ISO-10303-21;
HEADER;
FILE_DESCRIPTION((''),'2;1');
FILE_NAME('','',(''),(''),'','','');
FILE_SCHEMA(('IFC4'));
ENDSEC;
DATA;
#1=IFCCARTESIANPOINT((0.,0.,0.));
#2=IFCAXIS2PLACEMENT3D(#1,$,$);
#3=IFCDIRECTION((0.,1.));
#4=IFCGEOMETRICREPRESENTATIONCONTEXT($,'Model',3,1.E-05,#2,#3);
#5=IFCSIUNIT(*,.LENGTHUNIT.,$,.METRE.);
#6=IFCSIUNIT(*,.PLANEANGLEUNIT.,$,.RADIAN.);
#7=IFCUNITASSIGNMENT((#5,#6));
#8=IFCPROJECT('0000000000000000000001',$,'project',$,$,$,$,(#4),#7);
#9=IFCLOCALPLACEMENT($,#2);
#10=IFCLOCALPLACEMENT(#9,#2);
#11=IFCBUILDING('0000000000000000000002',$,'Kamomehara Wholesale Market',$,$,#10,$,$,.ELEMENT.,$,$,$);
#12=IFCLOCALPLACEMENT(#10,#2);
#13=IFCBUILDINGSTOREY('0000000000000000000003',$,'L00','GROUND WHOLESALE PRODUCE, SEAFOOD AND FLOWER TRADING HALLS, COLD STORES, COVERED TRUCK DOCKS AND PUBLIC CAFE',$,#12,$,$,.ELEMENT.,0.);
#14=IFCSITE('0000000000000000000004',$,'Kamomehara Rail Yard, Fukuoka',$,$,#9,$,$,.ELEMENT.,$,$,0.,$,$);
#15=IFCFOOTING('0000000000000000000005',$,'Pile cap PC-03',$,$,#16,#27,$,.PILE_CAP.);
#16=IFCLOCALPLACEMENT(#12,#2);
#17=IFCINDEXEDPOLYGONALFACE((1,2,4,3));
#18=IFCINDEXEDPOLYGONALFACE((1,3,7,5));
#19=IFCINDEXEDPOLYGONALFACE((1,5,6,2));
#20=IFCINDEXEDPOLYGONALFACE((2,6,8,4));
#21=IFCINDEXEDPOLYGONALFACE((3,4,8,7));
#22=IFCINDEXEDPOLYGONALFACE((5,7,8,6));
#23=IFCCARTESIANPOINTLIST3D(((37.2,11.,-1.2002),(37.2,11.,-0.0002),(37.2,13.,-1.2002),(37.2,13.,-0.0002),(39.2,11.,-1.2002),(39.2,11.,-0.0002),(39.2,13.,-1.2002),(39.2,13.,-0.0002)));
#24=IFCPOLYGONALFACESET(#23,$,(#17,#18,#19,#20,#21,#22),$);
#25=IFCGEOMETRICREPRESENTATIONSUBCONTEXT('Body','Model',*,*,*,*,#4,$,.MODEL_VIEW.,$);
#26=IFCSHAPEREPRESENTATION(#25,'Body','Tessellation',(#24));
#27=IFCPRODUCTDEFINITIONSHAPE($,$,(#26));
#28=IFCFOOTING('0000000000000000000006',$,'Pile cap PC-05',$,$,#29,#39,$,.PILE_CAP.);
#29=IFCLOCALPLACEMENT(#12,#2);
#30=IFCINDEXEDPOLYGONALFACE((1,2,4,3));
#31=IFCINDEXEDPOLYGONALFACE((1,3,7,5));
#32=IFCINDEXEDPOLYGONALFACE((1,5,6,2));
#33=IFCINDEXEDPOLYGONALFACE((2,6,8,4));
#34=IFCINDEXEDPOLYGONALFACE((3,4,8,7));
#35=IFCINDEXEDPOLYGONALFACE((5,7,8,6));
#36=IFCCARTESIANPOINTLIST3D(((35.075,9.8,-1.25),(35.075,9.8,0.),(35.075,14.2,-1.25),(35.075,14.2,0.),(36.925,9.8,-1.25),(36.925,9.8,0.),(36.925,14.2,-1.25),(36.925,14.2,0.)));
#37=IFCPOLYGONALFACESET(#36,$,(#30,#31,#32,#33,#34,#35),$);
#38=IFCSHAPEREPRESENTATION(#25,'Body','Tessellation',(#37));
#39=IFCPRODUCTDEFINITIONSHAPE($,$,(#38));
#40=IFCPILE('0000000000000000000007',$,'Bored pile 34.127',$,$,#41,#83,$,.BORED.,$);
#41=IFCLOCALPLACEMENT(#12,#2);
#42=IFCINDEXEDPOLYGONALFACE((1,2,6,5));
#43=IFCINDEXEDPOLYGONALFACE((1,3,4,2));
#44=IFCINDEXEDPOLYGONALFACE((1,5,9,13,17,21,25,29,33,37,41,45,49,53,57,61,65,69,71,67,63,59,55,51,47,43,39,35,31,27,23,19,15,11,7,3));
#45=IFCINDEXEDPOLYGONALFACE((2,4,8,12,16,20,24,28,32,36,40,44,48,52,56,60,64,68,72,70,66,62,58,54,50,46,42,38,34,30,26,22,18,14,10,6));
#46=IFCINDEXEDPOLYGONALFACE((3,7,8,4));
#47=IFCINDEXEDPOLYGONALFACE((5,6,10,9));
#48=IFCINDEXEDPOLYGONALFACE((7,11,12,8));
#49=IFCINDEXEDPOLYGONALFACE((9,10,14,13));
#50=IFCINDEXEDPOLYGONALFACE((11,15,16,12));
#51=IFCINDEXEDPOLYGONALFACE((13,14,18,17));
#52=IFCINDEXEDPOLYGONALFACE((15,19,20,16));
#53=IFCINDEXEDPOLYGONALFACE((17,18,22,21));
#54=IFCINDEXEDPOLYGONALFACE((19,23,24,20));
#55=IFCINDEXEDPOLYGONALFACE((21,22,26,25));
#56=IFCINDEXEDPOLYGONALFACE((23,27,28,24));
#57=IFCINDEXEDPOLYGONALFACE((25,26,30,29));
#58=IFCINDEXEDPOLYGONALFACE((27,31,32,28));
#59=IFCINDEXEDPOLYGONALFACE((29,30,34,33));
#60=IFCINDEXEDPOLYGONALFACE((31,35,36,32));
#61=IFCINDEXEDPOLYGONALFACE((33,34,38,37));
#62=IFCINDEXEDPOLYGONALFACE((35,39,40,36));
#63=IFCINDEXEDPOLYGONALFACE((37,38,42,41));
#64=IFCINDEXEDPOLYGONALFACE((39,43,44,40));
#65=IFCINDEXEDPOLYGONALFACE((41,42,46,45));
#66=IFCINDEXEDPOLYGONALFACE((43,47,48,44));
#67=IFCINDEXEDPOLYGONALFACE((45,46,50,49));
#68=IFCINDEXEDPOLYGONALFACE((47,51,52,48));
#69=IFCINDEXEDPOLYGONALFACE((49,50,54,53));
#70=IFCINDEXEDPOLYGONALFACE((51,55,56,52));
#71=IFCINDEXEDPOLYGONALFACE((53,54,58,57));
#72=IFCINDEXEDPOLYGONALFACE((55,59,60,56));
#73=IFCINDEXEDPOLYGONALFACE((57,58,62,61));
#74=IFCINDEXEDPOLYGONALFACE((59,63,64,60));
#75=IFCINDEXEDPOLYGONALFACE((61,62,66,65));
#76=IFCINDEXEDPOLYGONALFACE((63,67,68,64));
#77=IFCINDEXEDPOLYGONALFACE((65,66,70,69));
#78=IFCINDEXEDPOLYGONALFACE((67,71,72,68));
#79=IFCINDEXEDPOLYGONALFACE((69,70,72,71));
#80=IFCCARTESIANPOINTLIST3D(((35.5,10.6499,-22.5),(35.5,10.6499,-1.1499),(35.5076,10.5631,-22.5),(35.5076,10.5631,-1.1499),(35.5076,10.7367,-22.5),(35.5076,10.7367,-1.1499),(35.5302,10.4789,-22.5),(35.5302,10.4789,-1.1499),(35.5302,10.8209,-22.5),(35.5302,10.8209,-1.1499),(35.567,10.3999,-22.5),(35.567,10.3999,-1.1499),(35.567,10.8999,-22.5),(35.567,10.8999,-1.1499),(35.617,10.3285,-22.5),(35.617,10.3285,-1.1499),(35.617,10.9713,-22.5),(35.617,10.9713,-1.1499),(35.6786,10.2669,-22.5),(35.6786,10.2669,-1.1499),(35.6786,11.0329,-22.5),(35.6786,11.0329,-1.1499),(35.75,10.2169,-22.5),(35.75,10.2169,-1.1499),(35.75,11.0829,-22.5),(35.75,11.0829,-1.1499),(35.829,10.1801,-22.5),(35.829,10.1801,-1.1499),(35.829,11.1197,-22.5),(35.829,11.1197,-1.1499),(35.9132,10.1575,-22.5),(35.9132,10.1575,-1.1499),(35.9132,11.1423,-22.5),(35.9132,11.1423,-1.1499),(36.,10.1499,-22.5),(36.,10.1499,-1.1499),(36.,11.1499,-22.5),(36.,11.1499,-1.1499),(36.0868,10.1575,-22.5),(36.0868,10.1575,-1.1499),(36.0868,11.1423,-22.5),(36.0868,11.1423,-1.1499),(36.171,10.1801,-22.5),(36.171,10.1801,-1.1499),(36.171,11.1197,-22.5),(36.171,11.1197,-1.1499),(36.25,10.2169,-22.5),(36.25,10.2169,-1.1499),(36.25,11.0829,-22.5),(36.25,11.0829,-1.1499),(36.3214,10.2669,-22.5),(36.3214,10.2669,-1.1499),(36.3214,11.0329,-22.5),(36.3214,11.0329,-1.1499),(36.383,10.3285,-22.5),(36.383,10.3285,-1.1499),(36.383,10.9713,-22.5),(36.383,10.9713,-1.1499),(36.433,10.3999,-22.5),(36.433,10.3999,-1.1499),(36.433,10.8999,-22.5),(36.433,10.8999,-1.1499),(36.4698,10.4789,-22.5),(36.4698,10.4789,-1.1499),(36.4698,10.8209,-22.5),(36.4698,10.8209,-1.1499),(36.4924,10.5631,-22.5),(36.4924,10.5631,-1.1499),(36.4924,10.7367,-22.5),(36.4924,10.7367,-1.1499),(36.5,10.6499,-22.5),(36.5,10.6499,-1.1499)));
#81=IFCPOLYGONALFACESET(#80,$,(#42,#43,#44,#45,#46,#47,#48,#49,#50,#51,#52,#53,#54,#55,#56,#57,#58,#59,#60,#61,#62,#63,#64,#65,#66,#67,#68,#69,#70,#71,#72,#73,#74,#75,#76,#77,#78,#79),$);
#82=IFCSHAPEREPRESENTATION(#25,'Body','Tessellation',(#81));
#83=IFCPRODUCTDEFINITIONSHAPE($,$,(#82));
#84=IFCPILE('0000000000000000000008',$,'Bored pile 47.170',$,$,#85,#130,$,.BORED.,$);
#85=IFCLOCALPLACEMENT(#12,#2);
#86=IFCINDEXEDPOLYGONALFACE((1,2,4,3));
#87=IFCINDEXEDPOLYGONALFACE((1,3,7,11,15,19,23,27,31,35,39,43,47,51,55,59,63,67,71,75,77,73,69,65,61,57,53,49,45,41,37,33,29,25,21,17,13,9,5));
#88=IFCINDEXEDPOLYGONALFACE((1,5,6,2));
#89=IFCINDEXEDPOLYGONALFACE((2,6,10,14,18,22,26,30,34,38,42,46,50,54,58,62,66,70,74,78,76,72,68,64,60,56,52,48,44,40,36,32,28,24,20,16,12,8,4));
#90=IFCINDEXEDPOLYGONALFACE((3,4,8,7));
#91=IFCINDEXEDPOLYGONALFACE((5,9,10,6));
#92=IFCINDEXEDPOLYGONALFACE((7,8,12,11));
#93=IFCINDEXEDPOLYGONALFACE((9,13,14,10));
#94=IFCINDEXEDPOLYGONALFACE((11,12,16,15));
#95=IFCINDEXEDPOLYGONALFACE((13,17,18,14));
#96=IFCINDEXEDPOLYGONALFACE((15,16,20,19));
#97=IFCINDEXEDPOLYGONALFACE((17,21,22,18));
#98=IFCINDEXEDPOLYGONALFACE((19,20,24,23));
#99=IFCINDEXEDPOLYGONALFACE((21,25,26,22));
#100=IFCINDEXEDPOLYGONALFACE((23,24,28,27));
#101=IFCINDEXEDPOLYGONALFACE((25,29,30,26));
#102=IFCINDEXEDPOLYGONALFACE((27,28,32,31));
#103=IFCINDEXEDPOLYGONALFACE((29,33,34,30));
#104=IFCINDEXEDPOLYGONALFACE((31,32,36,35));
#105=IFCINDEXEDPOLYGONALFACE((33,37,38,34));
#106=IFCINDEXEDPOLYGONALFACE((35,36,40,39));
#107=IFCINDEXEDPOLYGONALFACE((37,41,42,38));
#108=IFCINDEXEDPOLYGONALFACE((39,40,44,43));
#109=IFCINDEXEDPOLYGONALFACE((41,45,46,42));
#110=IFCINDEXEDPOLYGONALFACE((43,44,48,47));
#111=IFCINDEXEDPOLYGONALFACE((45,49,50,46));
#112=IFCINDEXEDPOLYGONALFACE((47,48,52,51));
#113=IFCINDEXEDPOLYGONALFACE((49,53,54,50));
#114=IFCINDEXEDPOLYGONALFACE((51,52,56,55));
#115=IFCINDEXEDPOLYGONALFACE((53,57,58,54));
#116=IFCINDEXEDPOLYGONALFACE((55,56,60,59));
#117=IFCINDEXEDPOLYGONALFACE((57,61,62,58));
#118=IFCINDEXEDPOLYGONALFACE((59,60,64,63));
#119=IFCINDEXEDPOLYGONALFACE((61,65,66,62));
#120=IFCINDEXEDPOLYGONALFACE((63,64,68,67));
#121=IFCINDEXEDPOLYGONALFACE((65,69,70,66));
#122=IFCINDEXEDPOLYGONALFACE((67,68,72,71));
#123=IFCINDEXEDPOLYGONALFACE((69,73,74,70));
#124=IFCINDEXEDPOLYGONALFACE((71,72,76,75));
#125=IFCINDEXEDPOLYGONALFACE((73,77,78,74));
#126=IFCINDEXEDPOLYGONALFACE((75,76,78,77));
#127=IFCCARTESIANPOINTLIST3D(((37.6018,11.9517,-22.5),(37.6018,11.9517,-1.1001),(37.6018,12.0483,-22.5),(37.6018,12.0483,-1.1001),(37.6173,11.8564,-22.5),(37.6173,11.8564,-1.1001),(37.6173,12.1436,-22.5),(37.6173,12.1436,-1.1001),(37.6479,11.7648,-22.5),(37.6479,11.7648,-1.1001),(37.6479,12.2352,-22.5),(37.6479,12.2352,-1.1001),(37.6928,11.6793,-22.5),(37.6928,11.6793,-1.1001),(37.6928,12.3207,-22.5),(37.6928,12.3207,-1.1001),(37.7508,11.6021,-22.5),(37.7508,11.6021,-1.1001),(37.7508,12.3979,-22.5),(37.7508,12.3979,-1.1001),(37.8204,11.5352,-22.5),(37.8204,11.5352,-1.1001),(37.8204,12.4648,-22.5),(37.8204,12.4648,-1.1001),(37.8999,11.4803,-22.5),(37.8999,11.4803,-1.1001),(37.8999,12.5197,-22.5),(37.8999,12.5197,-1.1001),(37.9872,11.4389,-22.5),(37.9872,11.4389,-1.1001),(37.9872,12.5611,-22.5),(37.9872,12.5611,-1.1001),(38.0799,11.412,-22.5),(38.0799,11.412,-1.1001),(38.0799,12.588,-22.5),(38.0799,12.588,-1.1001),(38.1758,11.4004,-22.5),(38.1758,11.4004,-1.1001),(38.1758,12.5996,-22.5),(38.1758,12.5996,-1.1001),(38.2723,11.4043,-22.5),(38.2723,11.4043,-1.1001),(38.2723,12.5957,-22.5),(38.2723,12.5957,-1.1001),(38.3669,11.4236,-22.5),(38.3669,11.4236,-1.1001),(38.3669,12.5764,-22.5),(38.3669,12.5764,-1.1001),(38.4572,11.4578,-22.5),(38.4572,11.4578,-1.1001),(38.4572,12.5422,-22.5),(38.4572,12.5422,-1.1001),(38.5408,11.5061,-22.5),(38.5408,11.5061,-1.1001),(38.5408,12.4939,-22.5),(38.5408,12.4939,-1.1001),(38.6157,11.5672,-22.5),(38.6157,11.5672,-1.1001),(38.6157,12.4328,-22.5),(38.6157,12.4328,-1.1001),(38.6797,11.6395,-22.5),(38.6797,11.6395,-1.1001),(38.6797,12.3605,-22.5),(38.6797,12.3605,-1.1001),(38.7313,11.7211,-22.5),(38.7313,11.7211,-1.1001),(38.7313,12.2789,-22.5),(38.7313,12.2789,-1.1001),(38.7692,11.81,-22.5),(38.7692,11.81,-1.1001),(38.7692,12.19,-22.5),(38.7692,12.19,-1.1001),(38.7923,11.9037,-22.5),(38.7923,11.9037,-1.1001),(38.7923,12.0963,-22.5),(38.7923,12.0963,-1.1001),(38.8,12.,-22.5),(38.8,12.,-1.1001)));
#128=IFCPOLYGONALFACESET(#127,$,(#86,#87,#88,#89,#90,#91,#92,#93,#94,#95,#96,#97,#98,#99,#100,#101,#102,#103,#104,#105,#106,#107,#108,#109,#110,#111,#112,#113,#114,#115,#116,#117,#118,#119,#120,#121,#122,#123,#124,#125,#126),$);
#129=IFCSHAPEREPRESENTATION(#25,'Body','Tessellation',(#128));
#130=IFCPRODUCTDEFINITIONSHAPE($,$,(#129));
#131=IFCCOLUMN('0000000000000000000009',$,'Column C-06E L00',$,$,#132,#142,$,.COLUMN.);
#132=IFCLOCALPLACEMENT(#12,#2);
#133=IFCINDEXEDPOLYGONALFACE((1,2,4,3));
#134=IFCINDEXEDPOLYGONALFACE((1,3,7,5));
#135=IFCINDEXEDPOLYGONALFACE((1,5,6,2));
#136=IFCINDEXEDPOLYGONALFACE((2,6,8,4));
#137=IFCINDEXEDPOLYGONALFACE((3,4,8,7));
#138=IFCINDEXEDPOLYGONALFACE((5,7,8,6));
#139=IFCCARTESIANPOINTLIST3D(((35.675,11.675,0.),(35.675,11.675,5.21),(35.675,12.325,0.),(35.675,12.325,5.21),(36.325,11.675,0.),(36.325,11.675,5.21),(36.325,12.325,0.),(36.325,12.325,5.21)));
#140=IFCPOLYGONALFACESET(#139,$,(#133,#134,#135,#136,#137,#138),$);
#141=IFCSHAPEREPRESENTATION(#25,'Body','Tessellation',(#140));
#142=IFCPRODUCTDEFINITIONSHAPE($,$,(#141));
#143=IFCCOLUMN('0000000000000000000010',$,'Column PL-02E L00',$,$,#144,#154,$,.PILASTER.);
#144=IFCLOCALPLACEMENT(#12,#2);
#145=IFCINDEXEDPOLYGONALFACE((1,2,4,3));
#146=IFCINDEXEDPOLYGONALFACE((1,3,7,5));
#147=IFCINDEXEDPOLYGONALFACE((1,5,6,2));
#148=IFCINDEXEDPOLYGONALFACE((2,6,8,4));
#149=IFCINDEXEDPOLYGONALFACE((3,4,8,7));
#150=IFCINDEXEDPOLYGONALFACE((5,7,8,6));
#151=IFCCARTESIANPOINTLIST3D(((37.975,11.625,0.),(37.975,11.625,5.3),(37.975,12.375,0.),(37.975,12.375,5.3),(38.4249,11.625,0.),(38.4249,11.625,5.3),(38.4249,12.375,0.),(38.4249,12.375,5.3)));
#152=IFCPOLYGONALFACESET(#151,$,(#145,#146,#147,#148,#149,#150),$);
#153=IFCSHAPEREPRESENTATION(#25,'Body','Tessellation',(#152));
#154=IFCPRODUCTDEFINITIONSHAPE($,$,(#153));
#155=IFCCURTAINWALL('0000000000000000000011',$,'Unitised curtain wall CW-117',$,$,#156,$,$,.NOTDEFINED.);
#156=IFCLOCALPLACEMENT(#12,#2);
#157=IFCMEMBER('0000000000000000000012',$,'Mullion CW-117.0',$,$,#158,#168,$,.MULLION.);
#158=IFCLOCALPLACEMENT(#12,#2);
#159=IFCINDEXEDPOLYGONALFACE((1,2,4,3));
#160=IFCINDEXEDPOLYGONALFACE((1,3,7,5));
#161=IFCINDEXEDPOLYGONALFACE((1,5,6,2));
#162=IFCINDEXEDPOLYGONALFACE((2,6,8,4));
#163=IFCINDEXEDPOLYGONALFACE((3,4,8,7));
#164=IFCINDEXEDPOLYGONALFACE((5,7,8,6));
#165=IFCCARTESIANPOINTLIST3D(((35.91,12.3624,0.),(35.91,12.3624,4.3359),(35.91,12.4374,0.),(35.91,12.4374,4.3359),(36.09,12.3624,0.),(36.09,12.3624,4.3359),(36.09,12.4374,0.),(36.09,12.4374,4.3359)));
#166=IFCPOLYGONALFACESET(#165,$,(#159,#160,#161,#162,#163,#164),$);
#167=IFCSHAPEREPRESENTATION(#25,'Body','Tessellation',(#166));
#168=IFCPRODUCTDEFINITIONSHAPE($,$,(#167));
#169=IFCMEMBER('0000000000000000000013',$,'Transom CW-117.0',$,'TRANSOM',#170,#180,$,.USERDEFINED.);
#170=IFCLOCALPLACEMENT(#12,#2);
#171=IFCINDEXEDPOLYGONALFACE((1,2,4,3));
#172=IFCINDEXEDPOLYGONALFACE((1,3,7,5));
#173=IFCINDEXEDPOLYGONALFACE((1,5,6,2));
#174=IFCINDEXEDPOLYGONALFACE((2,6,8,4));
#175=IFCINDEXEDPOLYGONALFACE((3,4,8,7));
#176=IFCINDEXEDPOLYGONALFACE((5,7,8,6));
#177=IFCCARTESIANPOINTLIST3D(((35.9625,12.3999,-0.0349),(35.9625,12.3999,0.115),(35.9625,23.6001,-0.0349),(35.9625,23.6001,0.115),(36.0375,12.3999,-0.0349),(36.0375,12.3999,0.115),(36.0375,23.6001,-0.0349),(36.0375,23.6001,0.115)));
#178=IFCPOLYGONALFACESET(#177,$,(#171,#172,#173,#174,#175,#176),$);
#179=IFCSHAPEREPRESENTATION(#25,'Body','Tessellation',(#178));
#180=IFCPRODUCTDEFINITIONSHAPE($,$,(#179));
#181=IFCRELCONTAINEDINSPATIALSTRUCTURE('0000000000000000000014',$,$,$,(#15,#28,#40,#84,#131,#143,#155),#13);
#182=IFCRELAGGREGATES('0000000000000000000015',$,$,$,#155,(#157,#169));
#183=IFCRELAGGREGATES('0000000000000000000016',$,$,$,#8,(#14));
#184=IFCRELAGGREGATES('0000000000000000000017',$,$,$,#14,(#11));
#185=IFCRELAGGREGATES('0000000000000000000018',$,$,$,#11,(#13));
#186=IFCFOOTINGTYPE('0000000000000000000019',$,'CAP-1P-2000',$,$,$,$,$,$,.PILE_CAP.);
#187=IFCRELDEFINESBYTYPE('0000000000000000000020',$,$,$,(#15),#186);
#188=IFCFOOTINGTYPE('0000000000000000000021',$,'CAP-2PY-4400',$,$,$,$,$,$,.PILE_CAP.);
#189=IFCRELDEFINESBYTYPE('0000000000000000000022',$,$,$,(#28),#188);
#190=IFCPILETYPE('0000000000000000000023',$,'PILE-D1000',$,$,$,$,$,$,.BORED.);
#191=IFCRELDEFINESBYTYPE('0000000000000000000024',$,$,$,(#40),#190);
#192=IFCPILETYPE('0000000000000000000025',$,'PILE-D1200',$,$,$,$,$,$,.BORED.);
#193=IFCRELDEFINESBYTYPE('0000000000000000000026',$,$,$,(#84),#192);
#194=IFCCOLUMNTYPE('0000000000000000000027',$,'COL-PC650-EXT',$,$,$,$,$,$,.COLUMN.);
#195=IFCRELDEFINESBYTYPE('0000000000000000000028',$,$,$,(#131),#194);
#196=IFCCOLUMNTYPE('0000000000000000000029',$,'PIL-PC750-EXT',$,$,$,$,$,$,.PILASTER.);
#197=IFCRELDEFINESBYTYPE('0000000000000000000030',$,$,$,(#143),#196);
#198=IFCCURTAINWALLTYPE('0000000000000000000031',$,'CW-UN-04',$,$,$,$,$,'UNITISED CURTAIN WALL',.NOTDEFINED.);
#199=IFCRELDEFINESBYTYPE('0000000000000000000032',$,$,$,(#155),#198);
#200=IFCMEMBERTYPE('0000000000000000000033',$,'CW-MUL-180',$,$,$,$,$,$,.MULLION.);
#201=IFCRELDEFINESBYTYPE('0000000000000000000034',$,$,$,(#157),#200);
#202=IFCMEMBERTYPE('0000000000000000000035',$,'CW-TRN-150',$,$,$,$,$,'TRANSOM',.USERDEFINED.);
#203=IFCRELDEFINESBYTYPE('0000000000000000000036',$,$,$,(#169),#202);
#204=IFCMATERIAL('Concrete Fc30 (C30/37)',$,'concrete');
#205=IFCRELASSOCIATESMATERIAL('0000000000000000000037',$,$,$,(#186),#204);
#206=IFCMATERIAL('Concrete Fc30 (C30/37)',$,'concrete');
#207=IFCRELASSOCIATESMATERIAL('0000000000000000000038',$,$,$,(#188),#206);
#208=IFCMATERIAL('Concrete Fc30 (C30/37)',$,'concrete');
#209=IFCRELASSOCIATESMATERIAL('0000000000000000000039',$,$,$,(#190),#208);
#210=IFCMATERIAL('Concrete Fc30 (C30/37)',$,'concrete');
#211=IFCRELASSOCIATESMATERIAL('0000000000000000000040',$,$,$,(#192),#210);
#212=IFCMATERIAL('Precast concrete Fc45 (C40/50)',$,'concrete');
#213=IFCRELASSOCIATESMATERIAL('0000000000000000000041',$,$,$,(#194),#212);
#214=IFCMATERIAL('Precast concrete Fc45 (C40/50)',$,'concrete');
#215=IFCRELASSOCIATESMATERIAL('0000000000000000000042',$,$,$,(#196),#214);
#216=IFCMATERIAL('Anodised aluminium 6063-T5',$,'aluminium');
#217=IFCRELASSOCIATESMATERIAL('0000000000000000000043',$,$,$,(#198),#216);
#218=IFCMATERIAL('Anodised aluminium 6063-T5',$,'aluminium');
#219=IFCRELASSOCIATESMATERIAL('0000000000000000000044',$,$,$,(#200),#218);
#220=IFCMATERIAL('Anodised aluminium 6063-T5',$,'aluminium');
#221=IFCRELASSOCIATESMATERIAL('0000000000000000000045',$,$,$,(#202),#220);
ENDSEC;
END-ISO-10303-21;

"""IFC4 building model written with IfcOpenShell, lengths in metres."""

from ifc_helpers import new_model, si_unit, direction, frame, origin, origin_2d, place, context, subcontext, project, spatial, rectangle, circle, extrude, material, material_profile, profile_set, type_object, element, aggregate, save


model = new_model("IFC4")

# Units and contexts
model_context = context("Model", 3, precision=1e-05, world=origin(), true_north=direction((0.0, 1.0)))
body_context = subcontext(model_context, "Body", "Model", "MODEL_VIEW")
ifc_project = project(units=[si_unit("LENGTHUNIT", "METRE"), si_unit("PLANEANGLEUNIT", "RADIAN")], contexts=[model_context])

# Site, building, storey
site_placement = place(None, origin())
site = spatial("IfcSite", under=ifc_project, at=site_placement, Name="Kamomehara Rail Yard, Fukuoka", CompositionType="ELEMENT", RefElevation=0.0)
building_placement = place(site_placement, origin())
building = spatial("IfcBuilding", under=site, at=building_placement, Name="Kamomehara Wholesale Market", CompositionType="ELEMENT")
storey_placement = place(building_placement, origin())
storey = spatial("IfcBuildingStorey", under=building, at=storey_placement, Name="L00", Description="GROUND WHOLESALE PRODUCE, SEAFOOD AND FLOWER TRADING HALLS, COLD STORES, COVERED TRUCK DOCKS AND PUBLIC CAFE", CompositionType="ELEMENT", Elevation=0.0)

# Footings
ifc_material_1 = material(Name="Concrete Fc30 (C30/37)", Category="concrete")
footing_type_1 = type_object("IfcFootingType", Name="CAP-1P-2000", PredefinedType="PILE_CAP", material=ifc_material_1)
footing_1_placement = place(storey_placement, frame((38.2, 12.0, -1.2002), z_axis=(0.0, 0.0, 1.0), x_axis=(1.0, 0.0, 0.0)))
element("IfcFooting", 1, at=footing_1_placement, inside=storey, type_object=footing_type_1, Name="Pile cap PC-03", PredefinedType="PILE_CAP", context=body_context, shape_type="SweptSolid", body=[
    extrude(rectangle(XDim=2.0, YDim=2.0, at=origin_2d()), origin(), (0.0, 0.0, 1.0), 1.2),
])
ifc_material_2 = material(Name="Concrete Fc30 (C30/37)", Category="concrete")
footing_type_2 = type_object("IfcFootingType", Name="CAP-2PY-4400", PredefinedType="PILE_CAP", material=ifc_material_2)
footing_2_placement = place(storey_placement, frame((36.0, 12.0, -1.25), z_axis=(0.0, 0.0, 1.0), x_axis=(1.0, 0.0, 0.0)))
element("IfcFooting", 2, at=footing_2_placement, inside=storey, type_object=footing_type_2, Name="Pile cap PC-05", PredefinedType="PILE_CAP", context=body_context, shape_type="SweptSolid", body=[
    extrude(rectangle(XDim=1.8501, YDim=4.3999, at=origin_2d()), origin(), (0.0, 0.0, 1.0), 1.25),
])

# Piles
ifc_material_3 = material(Name="Concrete Fc30 (C30/37)", Category="concrete")
ifc_material_profile_1 = material_profile(ifc_material_3, circle(Radius=0.5, at=origin_2d()), Name="RC-PILE-D1000")
ifc_profile_set_1 = profile_set([ifc_material_profile_1], Name="Concrete Fc30 (C30/37)")
pile_type_1 = type_object("IfcPileType", Name="PILE-D1000", PredefinedType="BORED", material=ifc_profile_set_1)
pile_1_placement = place(storey_placement, frame((36.0, 10.6499, -1.1499), z_axis=(0.0, 0.0, -1.0), x_axis=(1.0, 0.0, 0.0)))
element("IfcPile", 3, at=pile_1_placement, inside=storey, type_object=pile_type_1, Name="Bored pile 34.127", PredefinedType="BORED", context=body_context, shape_type="SweptSolid", body=[
    extrude(circle(Radius=0.5, at=origin_2d()), origin(), (0.0, 0.0, 1.0), 21.3501),
])
ifc_material_4 = material(Name="Concrete Fc30 (C30/37)", Category="concrete")
ifc_material_profile_2 = material_profile(ifc_material_4, circle(Radius=0.6001, at=origin_2d()), Name="RC-PILE-D1200")
ifc_profile_set_2 = profile_set([ifc_material_profile_2], Name="Concrete Fc30 (C30/37)")
pile_type_2 = type_object("IfcPileType", Name="PILE-D1200", PredefinedType="BORED", material=ifc_profile_set_2)
pile_2_placement = place(storey_placement, frame((38.2, 12.0, -1.1001), z_axis=(0.0, 0.0, -1.0), x_axis=(1.0, 0.0, 0.0)))
element("IfcPile", 4, at=pile_2_placement, inside=storey, type_object=pile_type_2, Name="Bored pile 47.170", PredefinedType="BORED", context=body_context, shape_type="SweptSolid", body=[
    extrude(circle(Radius=0.6001, at=origin_2d()), origin(), (0.0, 0.0, 1.0), 21.3999),
])

# Columns
ifc_material_5 = material(Name="Precast concrete Fc45 (C40/50)", Category="concrete")
ifc_material_profile_3 = material_profile(ifc_material_5, rectangle(XDim=0.6499, YDim=0.6499, at=origin_2d()), Name="PC-COL-650x650")
ifc_profile_set_3 = profile_set([ifc_material_profile_3], Name="Precast concrete Fc45 (C40/50)")
column_type_1 = type_object("IfcColumnType", Name="COL-PC650-EXT", PredefinedType="COLUMN", material=ifc_profile_set_3)
column_1_placement = place(storey_placement, frame((36.0, 12.0, 0.0), z_axis=(0.0, 0.0, 1.0), x_axis=(1.0, 0.0, 0.0)))
element("IfcColumn", 5, at=column_1_placement, inside=storey, type_object=column_type_1, Name="Column C-06E L00", PredefinedType="COLUMN", context=body_context, shape_type="SweptSolid", body=[
    extrude(rectangle(XDim=0.6499, YDim=0.6499, at=origin_2d()), origin(), (0.0, 0.0, 1.0), 5.21),
])
ifc_material_6 = material(Name="Precast concrete Fc45 (C40/50)", Category="concrete")
ifc_material_profile_4 = material_profile(ifc_material_6, rectangle(XDim=0.45, YDim=0.75, at=origin_2d()), Name="PC-PIL-450x750")
ifc_profile_set_4 = profile_set([ifc_material_profile_4], Name="Precast concrete Fc45 (C40/50)")
column_type_2 = type_object("IfcColumnType", Name="PIL-PC750-EXT", PredefinedType="PILASTER", material=ifc_profile_set_4)
column_2_placement = place(storey_placement, frame((38.2, 12.0, 0.0), z_axis=(0.0, 0.0, 1.0), x_axis=(1.0, 0.0, 0.0)))
element("IfcColumn", 6, at=column_2_placement, inside=storey, type_object=column_type_2, Name="Column PL-02E L00", PredefinedType="PILASTER", context=body_context, shape_type="SweptSolid", body=[
    extrude(rectangle(XDim=0.45, YDim=0.75, at=origin_2d()), origin(), (0.0, 0.0, 1.0), 5.3),
])

# Curtain wall, members
ifc_material_7 = material(Name="Anodised aluminium 6063-T5", Category="aluminium")
curtain_wall_type = type_object("IfcCurtainWallType", Name="CW-UN-04", ElementType="UNITISED CURTAIN WALL", PredefinedType="NOTDEFINED", material=ifc_material_7)
curtain_wall_placement = place(storey_placement, origin())
curtain_wall = element("IfcCurtainWall", 7, at=curtain_wall_placement, inside=storey, type_object=curtain_wall_type, Name="Unitised curtain wall CW-117", PredefinedType="NOTDEFINED")
ifc_material_8 = material(Name="Anodised aluminium 6063-T5", Category="aluminium")
ifc_material_profile_5 = material_profile(ifc_material_8, rectangle(XDim=0.075, YDim=0.1799, at=origin_2d()), Name="ALU-MUL-75x180")
ifc_profile_set_5 = profile_set([ifc_material_profile_5], Name="Anodised aluminium 6063-T5")
member_type_1 = type_object("IfcMemberType", Name="CW-MUL-180", PredefinedType="MULLION", material=ifc_profile_set_5)
member_1_placement = place(storey_placement, frame((36.0, 12.3999, 0.0), z_axis=(0.0, 0.0, 1.0), x_axis=(0.0, 1.0, 0.0)))
member_1 = element("IfcMember", 8, at=member_1_placement, type_object=member_type_1, Name="Mullion CW-117.0", PredefinedType="MULLION", context=body_context, shape_type="SweptSolid", body=[
    extrude(rectangle(XDim=0.075, YDim=0.1799, at=origin_2d()), origin(), (0.0, 0.0, 1.0), 4.3359),
])
ifc_material_9 = material(Name="Anodised aluminium 6063-T5", Category="aluminium")
ifc_material_profile_6 = material_profile(ifc_material_9, rectangle(XDim=0.075, YDim=0.1499, at=origin_2d()), Name="ALU-TRN-75x150")
ifc_profile_set_6 = profile_set([ifc_material_profile_6], Name="Anodised aluminium 6063-T5")
member_type_2 = type_object("IfcMemberType", Name="CW-TRN-150", ElementType="TRANSOM", PredefinedType="USERDEFINED", material=ifc_profile_set_6)
member_2_placement = place(storey_placement, frame((36.0, 12.3999, 0.04), z_axis=(0.0, 1.0, 0.0), x_axis=(-1.0, 0.0, 0.0)))
member_2 = element("IfcMember", 9, at=member_2_placement, type_object=member_type_2, Name="Transom CW-117.0", ObjectType="TRANSOM", PredefinedType="USERDEFINED", context=body_context, shape_type="SweptSolid", body=[
    extrude(rectangle(XDim=0.075, YDim=0.1499, at=origin_2d()), origin(), (0.0, 0.0, 1.0), 11.2002),
])
aggregate(curtain_wall, [member_1, member_2])

save(model, "model.ifc")
